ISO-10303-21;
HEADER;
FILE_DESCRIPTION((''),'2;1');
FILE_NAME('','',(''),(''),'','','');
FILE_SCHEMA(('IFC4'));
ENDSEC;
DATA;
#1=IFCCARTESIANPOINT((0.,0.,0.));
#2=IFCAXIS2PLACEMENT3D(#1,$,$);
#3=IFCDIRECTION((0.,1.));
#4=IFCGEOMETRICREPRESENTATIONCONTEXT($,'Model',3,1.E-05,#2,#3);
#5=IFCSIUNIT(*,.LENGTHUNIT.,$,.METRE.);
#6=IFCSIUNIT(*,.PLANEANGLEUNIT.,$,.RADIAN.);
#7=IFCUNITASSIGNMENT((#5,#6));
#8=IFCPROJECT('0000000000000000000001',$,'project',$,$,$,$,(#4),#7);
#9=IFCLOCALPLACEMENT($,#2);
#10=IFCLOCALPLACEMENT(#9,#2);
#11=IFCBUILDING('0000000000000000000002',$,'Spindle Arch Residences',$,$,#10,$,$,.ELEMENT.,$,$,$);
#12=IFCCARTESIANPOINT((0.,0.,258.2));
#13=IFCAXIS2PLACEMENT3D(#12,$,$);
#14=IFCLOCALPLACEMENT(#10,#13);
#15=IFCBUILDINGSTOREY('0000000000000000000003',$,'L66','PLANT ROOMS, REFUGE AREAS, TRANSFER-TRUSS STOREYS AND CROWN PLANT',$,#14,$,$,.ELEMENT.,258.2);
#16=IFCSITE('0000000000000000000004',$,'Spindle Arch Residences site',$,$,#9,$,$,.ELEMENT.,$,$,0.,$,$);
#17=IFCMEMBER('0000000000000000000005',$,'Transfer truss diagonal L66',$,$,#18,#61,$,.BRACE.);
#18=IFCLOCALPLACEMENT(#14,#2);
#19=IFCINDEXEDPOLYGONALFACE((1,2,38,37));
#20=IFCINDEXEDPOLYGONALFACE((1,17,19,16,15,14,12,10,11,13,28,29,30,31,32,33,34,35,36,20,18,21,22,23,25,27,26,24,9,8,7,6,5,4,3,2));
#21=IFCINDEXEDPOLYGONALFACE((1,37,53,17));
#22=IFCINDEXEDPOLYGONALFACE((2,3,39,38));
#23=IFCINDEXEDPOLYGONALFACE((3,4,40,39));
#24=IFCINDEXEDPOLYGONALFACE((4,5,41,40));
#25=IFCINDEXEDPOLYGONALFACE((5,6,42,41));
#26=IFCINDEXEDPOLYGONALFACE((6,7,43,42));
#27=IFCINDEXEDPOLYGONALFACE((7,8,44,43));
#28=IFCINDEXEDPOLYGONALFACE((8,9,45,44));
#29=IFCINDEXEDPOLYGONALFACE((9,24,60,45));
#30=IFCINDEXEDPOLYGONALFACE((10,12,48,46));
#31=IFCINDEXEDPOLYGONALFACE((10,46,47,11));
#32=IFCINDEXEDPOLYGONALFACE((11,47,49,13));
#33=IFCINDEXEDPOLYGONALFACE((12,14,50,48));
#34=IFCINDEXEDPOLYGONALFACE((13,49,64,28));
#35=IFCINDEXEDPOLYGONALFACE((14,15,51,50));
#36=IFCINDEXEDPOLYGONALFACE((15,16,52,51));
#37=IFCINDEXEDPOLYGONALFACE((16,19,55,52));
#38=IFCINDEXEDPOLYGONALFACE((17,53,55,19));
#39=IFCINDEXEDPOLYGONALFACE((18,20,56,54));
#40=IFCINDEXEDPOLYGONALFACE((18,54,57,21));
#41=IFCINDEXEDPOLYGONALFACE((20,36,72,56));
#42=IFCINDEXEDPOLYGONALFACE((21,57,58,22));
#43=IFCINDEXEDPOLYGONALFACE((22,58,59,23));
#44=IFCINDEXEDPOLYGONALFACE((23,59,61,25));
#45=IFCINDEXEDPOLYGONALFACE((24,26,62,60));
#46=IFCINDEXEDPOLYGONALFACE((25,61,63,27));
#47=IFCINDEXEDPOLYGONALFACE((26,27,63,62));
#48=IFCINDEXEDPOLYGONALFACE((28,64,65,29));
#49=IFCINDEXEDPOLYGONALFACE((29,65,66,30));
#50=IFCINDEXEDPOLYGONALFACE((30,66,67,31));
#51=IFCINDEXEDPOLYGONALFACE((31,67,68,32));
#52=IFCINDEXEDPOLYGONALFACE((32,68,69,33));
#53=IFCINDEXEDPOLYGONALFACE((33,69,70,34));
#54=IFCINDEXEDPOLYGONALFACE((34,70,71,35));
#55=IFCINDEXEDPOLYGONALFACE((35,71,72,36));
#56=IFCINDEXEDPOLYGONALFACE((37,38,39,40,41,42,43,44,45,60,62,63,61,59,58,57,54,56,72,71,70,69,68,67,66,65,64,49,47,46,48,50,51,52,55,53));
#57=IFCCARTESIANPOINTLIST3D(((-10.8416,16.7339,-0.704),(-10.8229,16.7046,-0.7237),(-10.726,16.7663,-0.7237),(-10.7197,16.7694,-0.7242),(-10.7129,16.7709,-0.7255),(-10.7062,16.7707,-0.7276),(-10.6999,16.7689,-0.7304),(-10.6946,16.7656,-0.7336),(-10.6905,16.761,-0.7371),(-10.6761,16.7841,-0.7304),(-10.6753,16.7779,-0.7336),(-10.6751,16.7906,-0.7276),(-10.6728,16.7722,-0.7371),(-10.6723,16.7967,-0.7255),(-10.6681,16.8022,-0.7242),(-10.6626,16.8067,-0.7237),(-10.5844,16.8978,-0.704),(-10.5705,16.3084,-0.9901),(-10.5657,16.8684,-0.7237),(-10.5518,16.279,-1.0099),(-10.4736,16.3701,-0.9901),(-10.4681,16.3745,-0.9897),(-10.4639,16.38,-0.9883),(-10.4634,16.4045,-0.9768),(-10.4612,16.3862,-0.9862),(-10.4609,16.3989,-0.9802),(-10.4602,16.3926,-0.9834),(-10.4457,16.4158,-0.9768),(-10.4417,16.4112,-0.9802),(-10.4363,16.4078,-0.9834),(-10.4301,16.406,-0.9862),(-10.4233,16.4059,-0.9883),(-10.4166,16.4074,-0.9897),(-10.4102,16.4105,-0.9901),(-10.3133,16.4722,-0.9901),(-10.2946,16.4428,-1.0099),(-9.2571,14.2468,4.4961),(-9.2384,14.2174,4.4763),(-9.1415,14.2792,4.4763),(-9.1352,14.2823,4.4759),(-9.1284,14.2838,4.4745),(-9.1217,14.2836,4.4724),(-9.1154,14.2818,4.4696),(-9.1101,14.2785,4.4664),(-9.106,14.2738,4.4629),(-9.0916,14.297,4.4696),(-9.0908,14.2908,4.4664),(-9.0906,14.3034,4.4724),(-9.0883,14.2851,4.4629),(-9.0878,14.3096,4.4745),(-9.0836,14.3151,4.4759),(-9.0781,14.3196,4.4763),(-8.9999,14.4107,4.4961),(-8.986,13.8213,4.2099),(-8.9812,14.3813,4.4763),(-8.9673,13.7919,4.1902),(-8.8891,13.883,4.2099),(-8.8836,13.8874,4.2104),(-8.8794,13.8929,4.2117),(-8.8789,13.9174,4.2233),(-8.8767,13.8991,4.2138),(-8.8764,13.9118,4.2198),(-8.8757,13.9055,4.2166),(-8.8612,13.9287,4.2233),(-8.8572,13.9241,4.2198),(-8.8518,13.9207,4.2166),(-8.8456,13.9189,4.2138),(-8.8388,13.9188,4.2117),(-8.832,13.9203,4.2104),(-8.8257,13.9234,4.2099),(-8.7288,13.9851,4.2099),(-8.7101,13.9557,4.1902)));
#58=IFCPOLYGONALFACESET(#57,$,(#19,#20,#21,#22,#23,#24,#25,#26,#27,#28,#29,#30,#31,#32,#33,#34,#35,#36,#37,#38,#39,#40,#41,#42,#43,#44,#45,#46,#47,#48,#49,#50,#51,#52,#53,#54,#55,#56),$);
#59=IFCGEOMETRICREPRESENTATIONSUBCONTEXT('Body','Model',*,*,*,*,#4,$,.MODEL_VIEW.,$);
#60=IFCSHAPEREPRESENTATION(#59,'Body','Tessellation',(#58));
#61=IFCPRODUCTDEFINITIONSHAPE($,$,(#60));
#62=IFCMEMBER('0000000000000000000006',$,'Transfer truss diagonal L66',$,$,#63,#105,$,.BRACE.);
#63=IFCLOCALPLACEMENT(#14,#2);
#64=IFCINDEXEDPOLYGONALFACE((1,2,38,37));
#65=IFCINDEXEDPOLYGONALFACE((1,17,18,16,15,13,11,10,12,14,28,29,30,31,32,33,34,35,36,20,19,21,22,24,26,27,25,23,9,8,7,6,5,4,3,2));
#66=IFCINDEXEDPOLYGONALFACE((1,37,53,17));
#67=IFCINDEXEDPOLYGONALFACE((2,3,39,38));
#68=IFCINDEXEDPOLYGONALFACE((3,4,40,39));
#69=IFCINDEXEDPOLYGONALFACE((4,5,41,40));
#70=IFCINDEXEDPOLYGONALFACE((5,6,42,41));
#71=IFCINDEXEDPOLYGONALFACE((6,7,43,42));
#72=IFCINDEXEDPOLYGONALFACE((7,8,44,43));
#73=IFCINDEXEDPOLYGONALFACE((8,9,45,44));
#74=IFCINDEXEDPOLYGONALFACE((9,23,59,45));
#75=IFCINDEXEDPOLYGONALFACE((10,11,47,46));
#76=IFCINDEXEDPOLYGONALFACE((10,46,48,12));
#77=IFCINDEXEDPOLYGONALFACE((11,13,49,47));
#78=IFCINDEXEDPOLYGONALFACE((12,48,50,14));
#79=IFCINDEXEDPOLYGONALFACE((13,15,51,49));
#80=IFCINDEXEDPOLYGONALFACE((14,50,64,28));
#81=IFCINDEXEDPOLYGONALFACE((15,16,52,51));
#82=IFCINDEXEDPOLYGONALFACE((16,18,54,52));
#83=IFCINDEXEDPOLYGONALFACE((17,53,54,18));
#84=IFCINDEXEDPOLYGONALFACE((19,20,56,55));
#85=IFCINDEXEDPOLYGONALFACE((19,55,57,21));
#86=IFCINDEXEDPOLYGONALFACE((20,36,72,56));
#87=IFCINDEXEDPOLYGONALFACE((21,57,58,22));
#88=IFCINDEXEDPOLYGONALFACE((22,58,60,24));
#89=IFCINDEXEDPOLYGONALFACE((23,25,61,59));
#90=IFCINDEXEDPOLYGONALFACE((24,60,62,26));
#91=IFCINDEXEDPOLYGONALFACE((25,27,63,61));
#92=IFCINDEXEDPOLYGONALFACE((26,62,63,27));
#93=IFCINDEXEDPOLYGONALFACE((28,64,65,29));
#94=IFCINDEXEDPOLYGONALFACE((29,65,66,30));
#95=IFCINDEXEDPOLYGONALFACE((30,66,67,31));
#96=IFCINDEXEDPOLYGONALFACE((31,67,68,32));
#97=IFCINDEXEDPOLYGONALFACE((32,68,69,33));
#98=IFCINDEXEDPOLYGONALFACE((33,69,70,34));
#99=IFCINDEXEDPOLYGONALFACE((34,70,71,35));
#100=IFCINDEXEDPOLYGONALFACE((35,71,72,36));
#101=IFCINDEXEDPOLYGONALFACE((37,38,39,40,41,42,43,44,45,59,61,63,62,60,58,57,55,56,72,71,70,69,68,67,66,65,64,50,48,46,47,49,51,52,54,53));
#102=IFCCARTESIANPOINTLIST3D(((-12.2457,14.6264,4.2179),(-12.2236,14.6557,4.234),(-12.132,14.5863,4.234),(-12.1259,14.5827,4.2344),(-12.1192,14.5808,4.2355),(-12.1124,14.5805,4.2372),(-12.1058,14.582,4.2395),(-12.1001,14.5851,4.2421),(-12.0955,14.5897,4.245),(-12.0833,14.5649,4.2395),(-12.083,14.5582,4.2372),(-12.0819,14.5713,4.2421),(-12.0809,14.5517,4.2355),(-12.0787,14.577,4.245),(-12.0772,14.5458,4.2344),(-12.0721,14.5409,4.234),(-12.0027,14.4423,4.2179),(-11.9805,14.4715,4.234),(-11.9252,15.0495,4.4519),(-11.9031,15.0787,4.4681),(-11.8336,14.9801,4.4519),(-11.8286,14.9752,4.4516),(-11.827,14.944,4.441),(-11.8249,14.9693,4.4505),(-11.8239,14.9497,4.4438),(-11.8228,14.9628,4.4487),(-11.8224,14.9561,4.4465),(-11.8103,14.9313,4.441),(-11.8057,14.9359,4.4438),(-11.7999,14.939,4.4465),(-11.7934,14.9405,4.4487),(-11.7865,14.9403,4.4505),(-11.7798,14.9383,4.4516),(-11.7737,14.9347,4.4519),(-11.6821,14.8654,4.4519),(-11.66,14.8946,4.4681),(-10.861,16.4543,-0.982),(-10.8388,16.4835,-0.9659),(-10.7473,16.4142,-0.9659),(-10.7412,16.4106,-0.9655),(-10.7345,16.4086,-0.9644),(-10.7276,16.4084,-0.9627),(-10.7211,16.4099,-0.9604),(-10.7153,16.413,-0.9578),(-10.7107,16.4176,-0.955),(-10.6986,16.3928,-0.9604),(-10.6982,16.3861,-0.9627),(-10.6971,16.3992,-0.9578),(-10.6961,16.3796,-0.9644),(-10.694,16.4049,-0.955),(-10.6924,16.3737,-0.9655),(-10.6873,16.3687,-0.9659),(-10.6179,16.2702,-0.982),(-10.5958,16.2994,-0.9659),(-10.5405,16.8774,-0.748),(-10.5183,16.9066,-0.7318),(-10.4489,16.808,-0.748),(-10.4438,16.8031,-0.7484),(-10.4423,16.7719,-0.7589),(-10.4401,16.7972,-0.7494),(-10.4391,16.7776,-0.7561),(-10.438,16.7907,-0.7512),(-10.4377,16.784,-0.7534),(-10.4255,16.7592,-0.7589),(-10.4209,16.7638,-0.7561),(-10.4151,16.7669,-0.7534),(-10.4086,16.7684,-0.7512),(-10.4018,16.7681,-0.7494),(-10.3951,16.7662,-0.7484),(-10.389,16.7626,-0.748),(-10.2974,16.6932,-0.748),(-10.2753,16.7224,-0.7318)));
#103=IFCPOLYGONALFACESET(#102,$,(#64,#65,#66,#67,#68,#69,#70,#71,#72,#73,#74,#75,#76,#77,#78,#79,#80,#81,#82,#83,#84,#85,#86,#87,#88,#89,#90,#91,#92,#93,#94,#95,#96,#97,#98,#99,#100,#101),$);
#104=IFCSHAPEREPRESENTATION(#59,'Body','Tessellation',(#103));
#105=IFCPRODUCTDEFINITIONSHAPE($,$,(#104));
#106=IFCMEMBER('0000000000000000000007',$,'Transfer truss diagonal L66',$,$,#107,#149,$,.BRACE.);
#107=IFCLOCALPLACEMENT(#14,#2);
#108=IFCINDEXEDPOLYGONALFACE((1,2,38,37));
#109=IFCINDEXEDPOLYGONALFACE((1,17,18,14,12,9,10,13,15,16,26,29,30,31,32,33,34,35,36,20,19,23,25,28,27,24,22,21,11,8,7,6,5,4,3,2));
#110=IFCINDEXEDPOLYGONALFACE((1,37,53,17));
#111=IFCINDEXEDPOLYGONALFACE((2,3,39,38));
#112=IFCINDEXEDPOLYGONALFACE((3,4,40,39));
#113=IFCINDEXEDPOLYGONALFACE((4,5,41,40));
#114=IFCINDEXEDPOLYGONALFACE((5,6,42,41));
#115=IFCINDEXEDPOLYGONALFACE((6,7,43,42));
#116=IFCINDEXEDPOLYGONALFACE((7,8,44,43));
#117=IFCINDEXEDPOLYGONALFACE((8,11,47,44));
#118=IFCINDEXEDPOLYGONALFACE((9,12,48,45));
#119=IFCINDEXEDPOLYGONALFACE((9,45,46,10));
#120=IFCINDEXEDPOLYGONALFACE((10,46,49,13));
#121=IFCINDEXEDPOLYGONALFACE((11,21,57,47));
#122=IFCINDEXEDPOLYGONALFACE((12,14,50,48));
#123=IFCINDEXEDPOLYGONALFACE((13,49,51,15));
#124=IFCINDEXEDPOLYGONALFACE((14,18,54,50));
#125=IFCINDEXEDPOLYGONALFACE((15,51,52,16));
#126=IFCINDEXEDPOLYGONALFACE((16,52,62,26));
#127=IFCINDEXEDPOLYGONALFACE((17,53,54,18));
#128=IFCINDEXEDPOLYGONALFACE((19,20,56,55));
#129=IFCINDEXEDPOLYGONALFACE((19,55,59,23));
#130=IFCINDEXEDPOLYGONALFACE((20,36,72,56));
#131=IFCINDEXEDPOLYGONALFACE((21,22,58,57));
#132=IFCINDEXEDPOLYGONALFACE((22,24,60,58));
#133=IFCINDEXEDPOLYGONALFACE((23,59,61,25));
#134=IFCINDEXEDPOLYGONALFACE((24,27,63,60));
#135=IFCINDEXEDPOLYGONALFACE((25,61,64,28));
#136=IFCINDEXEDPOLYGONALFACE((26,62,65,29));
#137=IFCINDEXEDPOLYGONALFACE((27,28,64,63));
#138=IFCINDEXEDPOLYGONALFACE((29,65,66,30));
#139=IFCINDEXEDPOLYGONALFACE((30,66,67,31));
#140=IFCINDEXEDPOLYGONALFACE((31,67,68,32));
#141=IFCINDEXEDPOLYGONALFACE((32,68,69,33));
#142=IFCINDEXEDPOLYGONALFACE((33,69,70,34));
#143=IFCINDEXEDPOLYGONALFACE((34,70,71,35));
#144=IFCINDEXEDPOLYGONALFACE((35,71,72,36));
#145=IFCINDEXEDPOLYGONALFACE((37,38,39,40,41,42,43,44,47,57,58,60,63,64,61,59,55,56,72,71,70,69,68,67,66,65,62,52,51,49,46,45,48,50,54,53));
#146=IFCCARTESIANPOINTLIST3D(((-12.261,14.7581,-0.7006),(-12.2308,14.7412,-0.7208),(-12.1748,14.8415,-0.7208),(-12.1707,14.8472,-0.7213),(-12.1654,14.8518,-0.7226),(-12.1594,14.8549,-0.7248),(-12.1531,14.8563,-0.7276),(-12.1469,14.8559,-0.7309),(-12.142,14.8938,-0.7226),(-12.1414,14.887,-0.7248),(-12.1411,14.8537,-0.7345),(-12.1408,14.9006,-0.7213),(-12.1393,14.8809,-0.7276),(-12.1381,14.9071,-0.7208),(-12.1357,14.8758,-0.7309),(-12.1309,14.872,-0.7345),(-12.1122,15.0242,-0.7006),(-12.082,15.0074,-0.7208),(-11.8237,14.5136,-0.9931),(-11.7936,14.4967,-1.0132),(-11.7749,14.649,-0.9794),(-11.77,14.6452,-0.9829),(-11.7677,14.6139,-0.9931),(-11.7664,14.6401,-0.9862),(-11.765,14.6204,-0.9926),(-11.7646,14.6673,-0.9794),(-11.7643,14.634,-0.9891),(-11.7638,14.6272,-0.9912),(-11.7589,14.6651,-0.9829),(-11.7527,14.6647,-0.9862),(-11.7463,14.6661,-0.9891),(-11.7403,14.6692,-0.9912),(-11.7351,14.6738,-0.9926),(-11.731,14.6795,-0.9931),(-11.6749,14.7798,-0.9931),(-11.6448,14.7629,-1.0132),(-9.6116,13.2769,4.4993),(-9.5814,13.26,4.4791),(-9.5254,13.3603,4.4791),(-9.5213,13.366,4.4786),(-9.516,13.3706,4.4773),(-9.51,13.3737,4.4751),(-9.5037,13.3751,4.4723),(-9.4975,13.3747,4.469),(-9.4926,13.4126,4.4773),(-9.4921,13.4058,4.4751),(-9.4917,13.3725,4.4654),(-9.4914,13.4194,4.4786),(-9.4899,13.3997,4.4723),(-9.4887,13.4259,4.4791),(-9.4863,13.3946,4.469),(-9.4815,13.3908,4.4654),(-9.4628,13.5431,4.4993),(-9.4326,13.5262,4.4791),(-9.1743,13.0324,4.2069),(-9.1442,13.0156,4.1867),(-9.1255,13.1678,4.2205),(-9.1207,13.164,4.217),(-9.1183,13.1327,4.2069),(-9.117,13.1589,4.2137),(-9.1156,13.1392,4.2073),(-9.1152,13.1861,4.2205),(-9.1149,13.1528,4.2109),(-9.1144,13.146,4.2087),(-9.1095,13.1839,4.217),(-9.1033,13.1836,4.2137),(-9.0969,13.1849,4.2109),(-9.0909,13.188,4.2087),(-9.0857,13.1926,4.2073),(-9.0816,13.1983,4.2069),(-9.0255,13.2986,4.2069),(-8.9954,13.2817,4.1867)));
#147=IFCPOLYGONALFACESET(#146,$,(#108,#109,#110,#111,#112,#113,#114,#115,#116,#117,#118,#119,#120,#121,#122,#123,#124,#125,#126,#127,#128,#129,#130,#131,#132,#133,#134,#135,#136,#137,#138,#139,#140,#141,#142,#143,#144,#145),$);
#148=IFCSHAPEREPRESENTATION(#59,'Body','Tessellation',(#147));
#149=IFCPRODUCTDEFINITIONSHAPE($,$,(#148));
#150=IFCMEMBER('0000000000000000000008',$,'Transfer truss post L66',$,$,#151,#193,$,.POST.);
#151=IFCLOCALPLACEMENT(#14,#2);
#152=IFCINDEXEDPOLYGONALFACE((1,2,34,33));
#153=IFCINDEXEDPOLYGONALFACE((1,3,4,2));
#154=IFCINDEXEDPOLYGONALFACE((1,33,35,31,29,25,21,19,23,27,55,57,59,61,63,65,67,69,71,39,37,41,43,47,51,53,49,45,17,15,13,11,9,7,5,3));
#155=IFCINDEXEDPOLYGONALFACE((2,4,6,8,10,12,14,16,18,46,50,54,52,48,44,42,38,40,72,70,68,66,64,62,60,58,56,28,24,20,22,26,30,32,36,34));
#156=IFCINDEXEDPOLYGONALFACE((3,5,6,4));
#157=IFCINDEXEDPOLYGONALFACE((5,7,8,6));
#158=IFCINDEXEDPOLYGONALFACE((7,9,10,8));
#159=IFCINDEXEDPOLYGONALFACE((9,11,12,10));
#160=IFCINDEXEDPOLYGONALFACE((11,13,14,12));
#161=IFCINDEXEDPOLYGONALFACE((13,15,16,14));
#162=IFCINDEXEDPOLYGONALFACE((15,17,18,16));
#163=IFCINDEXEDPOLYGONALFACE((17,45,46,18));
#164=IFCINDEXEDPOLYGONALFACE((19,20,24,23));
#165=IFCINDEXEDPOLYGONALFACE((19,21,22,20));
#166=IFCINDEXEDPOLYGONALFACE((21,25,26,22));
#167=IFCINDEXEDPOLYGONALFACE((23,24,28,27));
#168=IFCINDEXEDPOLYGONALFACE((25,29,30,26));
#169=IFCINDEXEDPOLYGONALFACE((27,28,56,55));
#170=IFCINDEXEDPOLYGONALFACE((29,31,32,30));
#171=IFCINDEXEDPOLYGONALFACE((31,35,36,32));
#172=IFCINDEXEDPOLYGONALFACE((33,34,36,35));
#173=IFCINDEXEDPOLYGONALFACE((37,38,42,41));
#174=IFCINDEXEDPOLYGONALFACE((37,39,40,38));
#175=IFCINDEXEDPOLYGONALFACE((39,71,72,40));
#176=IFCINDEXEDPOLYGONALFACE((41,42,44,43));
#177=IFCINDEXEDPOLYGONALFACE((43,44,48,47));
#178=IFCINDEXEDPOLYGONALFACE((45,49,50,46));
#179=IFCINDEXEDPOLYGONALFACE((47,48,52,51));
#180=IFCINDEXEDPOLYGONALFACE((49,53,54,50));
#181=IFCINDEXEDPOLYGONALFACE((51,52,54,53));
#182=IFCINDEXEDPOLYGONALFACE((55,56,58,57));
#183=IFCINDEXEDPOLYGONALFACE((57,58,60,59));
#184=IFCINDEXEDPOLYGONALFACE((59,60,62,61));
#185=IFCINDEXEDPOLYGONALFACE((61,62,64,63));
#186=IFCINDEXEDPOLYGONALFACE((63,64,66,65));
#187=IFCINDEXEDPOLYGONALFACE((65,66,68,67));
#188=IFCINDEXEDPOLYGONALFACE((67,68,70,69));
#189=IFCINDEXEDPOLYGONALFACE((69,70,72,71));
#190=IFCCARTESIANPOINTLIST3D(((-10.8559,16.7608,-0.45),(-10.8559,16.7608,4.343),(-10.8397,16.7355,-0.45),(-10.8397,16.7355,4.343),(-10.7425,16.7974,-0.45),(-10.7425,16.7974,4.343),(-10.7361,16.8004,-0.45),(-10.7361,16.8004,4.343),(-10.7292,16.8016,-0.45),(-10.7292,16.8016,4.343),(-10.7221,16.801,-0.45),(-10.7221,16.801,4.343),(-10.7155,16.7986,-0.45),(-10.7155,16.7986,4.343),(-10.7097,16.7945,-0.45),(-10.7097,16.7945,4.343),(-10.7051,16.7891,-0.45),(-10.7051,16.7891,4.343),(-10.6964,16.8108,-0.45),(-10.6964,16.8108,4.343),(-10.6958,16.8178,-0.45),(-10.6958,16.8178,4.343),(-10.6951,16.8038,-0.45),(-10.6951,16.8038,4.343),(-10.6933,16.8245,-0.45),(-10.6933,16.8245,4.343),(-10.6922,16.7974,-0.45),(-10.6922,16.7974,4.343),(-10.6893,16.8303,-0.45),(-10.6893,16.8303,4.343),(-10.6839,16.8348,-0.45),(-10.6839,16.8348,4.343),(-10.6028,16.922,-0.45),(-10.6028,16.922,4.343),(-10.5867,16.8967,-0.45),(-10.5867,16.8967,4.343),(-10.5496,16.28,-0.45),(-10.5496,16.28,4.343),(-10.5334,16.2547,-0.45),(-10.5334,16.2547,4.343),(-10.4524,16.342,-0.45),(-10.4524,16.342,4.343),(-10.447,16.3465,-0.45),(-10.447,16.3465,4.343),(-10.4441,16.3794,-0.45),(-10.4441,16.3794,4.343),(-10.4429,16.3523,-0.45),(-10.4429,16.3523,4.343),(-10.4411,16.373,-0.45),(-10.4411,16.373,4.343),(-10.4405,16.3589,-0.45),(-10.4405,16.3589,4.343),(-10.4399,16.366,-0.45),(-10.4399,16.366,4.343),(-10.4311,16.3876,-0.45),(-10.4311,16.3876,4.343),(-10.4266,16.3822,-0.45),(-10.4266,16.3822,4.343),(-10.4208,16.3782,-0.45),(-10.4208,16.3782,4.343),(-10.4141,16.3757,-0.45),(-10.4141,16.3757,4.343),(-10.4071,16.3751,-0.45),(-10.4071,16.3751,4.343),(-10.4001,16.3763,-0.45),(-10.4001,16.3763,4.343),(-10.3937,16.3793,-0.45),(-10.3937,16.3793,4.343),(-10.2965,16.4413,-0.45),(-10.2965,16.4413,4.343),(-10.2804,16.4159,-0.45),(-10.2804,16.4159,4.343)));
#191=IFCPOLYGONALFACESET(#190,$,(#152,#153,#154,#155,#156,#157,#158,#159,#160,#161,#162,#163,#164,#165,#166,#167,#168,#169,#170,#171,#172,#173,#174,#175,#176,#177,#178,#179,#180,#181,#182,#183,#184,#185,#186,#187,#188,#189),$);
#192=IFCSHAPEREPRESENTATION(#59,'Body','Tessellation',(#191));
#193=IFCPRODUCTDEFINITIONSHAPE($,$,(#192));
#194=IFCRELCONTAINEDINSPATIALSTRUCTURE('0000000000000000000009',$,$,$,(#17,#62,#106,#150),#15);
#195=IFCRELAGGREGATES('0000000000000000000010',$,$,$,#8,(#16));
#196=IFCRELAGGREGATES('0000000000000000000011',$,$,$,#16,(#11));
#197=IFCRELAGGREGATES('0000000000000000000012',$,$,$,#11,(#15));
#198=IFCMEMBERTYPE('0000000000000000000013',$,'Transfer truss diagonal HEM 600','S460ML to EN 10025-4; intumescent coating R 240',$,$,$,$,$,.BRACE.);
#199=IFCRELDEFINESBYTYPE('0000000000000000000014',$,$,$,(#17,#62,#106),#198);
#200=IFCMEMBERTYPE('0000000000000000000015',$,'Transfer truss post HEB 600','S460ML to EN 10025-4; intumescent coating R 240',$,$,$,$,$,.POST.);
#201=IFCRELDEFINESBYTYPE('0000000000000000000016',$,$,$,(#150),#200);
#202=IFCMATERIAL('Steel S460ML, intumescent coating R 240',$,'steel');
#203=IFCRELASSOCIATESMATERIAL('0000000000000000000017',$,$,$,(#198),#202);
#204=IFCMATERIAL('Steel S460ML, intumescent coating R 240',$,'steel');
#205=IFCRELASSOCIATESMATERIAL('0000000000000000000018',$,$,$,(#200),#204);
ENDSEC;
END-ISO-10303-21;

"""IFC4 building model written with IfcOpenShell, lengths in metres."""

from ifc_helpers import new_model, si_unit, direction, frame, origin, origin_2d, place, context, subcontext, project, spatial, i_section, extrude, material, material_profile, profile_set, type_object, element, save


model = new_model("IFC4")

# Units and contexts
model_context = context("Model", 3, precision=1e-05, world=origin(), true_north=direction((0.0, 1.0)))
body_context = subcontext(model_context, "Body", "Model", "MODEL_VIEW")
ifc_project = project(units=[si_unit("LENGTHUNIT", "METRE"), si_unit("PLANEANGLEUNIT", "RADIAN")], contexts=[model_context])

# Site, building, storey
site_placement = place(None, origin())
site = spatial("IfcSite", under=ifc_project, at=site_placement, Name="Spindle Arch Residences site", CompositionType="ELEMENT", RefElevation=0.0)
building_placement = place(site_placement, origin())
building = spatial("IfcBuilding", under=site, at=building_placement, Name="Spindle Arch Residences", CompositionType="ELEMENT")
storey_placement = place(building_placement, frame((0.0, 0.0, 258.2)))
storey = spatial("IfcBuildingStorey", under=building, at=storey_placement, Name="L66", Description="PLANT ROOMS, REFUGE AREAS, TRANSFER-TRUSS STOREYS AND CROWN PLANT", CompositionType="ELEMENT", Elevation=258.2)

# Members
ifc_material_1 = material(Name="Steel S460ML, intumescent coating R 240", Category="steel")
ifc_material_profile_1 = material_profile(ifc_material_1, i_section(OverallWidth=0.3049, OverallDepth=0.6201, WebThickness=0.021, FlangeThickness=0.04, FilletRadius=0.0271, at=origin_2d()), Name="HEM 600")
ifc_profile_set_1 = profile_set([ifc_material_profile_1], Name="Steel S460ML, intumescent coating R 240")
member_type_1 = type_object("IfcMemberType", Name="Transfer truss diagonal HEM 600", Description="S460ML to EN 10025-4; intumescent coating R 240", PredefinedType="BRACE", material=ifc_profile_set_1)
member_1_placement = place(storey_placement, frame((-10.5681, 16.5884, -0.8569), z_axis=(0.265054, -0.416041, 0.86986), x_axis=(0.843385, 0.537309, 0.0)))
element("IfcMember", 1, at=member_1_placement, inside=storey, type_object=member_type_1, Name="Transfer truss diagonal L66", PredefinedType="BRACE", context=body_context, shape_type="SweptSolid", body=[
    extrude(i_section(OverallWidth=0.3049, OverallDepth=0.6201, WebThickness=0.021, FlangeThickness=0.04, FilletRadius=0.0271, at=origin_2d()), origin(), (0.0, 0.0, 1.0), 5.978),
])
member_2_placement = place(storey_placement, frame((-10.5681, 16.5884, -0.8569), z_axis=(-0.243662, -0.321632, 0.914977), x_axis=(0.797091, -0.60386, 0.0)))
element("IfcMember", 2, at=member_2_placement, inside=storey, type_object=member_type_1, Name="Transfer truss diagonal L66", PredefinedType="BRACE", context=body_context, shape_type="SweptSolid", body=[
    extrude(i_section(OverallWidth=0.3049, OverallDepth=0.6201, WebThickness=0.021, FlangeThickness=0.04, FilletRadius=0.0271, at=origin_2d()), origin(), (0.0, 0.0, 1.0), 5.6831),
])
member_3_placement = place(storey_placement, frame((-11.9529, 14.7605, -0.8569), z_axis=(0.440026, -0.246004, 0.863631), x_axis=(0.487984, 0.872853, 0.0)))
element("IfcMember", 3, at=member_3_placement, inside=storey, type_object=member_type_1, Name="Transfer truss diagonal L66", PredefinedType="BRACE", context=body_context, shape_type="SweptSolid", body=[
    extrude(i_section(OverallWidth=0.3049, OverallDepth=0.6201, WebThickness=0.021, FlangeThickness=0.04, FilletRadius=0.0271, at=origin_2d()), origin(), (0.0, 0.0, 1.0), 6.021),
])
ifc_material_2 = material(Name="Steel S460ML, intumescent coating R 240", Category="steel")
ifc_material_profile_2 = material_profile(ifc_material_2, i_section(OverallWidth=0.3, OverallDepth=0.6001, WebThickness=0.0154, FlangeThickness=0.03, FilletRadius=0.0271, at=origin_2d()), Name="HEB 600")
ifc_profile_set_2 = profile_set([ifc_material_profile_2], Name="Steel S460ML, intumescent coating R 240")
member_type_2 = type_object("IfcMemberType", Name="Transfer truss post HEB 600", Description="S460ML to EN 10025-4; intumescent coating R 240", PredefinedType="POST", material=ifc_profile_set_2)
member_4_placement = place(storey_placement, frame((-10.5681, 16.5884, -0.45), z_axis=(0.0, 0.0, 1.0), x_axis=(0.843391, 0.5373, 0.0)))
element("IfcMember", 4, at=member_4_placement, inside=storey, type_object=member_type_2, Name="Transfer truss post L66", PredefinedType="POST", context=body_context, shape_type="SweptSolid", body=[
    extrude(i_section(OverallWidth=0.3, OverallDepth=0.6001, WebThickness=0.0154, FlangeThickness=0.03, FilletRadius=0.0271, at=origin_2d()), origin(), (0.0, 0.0, 1.0), 4.793),
])

save(model, "model.ifc")
